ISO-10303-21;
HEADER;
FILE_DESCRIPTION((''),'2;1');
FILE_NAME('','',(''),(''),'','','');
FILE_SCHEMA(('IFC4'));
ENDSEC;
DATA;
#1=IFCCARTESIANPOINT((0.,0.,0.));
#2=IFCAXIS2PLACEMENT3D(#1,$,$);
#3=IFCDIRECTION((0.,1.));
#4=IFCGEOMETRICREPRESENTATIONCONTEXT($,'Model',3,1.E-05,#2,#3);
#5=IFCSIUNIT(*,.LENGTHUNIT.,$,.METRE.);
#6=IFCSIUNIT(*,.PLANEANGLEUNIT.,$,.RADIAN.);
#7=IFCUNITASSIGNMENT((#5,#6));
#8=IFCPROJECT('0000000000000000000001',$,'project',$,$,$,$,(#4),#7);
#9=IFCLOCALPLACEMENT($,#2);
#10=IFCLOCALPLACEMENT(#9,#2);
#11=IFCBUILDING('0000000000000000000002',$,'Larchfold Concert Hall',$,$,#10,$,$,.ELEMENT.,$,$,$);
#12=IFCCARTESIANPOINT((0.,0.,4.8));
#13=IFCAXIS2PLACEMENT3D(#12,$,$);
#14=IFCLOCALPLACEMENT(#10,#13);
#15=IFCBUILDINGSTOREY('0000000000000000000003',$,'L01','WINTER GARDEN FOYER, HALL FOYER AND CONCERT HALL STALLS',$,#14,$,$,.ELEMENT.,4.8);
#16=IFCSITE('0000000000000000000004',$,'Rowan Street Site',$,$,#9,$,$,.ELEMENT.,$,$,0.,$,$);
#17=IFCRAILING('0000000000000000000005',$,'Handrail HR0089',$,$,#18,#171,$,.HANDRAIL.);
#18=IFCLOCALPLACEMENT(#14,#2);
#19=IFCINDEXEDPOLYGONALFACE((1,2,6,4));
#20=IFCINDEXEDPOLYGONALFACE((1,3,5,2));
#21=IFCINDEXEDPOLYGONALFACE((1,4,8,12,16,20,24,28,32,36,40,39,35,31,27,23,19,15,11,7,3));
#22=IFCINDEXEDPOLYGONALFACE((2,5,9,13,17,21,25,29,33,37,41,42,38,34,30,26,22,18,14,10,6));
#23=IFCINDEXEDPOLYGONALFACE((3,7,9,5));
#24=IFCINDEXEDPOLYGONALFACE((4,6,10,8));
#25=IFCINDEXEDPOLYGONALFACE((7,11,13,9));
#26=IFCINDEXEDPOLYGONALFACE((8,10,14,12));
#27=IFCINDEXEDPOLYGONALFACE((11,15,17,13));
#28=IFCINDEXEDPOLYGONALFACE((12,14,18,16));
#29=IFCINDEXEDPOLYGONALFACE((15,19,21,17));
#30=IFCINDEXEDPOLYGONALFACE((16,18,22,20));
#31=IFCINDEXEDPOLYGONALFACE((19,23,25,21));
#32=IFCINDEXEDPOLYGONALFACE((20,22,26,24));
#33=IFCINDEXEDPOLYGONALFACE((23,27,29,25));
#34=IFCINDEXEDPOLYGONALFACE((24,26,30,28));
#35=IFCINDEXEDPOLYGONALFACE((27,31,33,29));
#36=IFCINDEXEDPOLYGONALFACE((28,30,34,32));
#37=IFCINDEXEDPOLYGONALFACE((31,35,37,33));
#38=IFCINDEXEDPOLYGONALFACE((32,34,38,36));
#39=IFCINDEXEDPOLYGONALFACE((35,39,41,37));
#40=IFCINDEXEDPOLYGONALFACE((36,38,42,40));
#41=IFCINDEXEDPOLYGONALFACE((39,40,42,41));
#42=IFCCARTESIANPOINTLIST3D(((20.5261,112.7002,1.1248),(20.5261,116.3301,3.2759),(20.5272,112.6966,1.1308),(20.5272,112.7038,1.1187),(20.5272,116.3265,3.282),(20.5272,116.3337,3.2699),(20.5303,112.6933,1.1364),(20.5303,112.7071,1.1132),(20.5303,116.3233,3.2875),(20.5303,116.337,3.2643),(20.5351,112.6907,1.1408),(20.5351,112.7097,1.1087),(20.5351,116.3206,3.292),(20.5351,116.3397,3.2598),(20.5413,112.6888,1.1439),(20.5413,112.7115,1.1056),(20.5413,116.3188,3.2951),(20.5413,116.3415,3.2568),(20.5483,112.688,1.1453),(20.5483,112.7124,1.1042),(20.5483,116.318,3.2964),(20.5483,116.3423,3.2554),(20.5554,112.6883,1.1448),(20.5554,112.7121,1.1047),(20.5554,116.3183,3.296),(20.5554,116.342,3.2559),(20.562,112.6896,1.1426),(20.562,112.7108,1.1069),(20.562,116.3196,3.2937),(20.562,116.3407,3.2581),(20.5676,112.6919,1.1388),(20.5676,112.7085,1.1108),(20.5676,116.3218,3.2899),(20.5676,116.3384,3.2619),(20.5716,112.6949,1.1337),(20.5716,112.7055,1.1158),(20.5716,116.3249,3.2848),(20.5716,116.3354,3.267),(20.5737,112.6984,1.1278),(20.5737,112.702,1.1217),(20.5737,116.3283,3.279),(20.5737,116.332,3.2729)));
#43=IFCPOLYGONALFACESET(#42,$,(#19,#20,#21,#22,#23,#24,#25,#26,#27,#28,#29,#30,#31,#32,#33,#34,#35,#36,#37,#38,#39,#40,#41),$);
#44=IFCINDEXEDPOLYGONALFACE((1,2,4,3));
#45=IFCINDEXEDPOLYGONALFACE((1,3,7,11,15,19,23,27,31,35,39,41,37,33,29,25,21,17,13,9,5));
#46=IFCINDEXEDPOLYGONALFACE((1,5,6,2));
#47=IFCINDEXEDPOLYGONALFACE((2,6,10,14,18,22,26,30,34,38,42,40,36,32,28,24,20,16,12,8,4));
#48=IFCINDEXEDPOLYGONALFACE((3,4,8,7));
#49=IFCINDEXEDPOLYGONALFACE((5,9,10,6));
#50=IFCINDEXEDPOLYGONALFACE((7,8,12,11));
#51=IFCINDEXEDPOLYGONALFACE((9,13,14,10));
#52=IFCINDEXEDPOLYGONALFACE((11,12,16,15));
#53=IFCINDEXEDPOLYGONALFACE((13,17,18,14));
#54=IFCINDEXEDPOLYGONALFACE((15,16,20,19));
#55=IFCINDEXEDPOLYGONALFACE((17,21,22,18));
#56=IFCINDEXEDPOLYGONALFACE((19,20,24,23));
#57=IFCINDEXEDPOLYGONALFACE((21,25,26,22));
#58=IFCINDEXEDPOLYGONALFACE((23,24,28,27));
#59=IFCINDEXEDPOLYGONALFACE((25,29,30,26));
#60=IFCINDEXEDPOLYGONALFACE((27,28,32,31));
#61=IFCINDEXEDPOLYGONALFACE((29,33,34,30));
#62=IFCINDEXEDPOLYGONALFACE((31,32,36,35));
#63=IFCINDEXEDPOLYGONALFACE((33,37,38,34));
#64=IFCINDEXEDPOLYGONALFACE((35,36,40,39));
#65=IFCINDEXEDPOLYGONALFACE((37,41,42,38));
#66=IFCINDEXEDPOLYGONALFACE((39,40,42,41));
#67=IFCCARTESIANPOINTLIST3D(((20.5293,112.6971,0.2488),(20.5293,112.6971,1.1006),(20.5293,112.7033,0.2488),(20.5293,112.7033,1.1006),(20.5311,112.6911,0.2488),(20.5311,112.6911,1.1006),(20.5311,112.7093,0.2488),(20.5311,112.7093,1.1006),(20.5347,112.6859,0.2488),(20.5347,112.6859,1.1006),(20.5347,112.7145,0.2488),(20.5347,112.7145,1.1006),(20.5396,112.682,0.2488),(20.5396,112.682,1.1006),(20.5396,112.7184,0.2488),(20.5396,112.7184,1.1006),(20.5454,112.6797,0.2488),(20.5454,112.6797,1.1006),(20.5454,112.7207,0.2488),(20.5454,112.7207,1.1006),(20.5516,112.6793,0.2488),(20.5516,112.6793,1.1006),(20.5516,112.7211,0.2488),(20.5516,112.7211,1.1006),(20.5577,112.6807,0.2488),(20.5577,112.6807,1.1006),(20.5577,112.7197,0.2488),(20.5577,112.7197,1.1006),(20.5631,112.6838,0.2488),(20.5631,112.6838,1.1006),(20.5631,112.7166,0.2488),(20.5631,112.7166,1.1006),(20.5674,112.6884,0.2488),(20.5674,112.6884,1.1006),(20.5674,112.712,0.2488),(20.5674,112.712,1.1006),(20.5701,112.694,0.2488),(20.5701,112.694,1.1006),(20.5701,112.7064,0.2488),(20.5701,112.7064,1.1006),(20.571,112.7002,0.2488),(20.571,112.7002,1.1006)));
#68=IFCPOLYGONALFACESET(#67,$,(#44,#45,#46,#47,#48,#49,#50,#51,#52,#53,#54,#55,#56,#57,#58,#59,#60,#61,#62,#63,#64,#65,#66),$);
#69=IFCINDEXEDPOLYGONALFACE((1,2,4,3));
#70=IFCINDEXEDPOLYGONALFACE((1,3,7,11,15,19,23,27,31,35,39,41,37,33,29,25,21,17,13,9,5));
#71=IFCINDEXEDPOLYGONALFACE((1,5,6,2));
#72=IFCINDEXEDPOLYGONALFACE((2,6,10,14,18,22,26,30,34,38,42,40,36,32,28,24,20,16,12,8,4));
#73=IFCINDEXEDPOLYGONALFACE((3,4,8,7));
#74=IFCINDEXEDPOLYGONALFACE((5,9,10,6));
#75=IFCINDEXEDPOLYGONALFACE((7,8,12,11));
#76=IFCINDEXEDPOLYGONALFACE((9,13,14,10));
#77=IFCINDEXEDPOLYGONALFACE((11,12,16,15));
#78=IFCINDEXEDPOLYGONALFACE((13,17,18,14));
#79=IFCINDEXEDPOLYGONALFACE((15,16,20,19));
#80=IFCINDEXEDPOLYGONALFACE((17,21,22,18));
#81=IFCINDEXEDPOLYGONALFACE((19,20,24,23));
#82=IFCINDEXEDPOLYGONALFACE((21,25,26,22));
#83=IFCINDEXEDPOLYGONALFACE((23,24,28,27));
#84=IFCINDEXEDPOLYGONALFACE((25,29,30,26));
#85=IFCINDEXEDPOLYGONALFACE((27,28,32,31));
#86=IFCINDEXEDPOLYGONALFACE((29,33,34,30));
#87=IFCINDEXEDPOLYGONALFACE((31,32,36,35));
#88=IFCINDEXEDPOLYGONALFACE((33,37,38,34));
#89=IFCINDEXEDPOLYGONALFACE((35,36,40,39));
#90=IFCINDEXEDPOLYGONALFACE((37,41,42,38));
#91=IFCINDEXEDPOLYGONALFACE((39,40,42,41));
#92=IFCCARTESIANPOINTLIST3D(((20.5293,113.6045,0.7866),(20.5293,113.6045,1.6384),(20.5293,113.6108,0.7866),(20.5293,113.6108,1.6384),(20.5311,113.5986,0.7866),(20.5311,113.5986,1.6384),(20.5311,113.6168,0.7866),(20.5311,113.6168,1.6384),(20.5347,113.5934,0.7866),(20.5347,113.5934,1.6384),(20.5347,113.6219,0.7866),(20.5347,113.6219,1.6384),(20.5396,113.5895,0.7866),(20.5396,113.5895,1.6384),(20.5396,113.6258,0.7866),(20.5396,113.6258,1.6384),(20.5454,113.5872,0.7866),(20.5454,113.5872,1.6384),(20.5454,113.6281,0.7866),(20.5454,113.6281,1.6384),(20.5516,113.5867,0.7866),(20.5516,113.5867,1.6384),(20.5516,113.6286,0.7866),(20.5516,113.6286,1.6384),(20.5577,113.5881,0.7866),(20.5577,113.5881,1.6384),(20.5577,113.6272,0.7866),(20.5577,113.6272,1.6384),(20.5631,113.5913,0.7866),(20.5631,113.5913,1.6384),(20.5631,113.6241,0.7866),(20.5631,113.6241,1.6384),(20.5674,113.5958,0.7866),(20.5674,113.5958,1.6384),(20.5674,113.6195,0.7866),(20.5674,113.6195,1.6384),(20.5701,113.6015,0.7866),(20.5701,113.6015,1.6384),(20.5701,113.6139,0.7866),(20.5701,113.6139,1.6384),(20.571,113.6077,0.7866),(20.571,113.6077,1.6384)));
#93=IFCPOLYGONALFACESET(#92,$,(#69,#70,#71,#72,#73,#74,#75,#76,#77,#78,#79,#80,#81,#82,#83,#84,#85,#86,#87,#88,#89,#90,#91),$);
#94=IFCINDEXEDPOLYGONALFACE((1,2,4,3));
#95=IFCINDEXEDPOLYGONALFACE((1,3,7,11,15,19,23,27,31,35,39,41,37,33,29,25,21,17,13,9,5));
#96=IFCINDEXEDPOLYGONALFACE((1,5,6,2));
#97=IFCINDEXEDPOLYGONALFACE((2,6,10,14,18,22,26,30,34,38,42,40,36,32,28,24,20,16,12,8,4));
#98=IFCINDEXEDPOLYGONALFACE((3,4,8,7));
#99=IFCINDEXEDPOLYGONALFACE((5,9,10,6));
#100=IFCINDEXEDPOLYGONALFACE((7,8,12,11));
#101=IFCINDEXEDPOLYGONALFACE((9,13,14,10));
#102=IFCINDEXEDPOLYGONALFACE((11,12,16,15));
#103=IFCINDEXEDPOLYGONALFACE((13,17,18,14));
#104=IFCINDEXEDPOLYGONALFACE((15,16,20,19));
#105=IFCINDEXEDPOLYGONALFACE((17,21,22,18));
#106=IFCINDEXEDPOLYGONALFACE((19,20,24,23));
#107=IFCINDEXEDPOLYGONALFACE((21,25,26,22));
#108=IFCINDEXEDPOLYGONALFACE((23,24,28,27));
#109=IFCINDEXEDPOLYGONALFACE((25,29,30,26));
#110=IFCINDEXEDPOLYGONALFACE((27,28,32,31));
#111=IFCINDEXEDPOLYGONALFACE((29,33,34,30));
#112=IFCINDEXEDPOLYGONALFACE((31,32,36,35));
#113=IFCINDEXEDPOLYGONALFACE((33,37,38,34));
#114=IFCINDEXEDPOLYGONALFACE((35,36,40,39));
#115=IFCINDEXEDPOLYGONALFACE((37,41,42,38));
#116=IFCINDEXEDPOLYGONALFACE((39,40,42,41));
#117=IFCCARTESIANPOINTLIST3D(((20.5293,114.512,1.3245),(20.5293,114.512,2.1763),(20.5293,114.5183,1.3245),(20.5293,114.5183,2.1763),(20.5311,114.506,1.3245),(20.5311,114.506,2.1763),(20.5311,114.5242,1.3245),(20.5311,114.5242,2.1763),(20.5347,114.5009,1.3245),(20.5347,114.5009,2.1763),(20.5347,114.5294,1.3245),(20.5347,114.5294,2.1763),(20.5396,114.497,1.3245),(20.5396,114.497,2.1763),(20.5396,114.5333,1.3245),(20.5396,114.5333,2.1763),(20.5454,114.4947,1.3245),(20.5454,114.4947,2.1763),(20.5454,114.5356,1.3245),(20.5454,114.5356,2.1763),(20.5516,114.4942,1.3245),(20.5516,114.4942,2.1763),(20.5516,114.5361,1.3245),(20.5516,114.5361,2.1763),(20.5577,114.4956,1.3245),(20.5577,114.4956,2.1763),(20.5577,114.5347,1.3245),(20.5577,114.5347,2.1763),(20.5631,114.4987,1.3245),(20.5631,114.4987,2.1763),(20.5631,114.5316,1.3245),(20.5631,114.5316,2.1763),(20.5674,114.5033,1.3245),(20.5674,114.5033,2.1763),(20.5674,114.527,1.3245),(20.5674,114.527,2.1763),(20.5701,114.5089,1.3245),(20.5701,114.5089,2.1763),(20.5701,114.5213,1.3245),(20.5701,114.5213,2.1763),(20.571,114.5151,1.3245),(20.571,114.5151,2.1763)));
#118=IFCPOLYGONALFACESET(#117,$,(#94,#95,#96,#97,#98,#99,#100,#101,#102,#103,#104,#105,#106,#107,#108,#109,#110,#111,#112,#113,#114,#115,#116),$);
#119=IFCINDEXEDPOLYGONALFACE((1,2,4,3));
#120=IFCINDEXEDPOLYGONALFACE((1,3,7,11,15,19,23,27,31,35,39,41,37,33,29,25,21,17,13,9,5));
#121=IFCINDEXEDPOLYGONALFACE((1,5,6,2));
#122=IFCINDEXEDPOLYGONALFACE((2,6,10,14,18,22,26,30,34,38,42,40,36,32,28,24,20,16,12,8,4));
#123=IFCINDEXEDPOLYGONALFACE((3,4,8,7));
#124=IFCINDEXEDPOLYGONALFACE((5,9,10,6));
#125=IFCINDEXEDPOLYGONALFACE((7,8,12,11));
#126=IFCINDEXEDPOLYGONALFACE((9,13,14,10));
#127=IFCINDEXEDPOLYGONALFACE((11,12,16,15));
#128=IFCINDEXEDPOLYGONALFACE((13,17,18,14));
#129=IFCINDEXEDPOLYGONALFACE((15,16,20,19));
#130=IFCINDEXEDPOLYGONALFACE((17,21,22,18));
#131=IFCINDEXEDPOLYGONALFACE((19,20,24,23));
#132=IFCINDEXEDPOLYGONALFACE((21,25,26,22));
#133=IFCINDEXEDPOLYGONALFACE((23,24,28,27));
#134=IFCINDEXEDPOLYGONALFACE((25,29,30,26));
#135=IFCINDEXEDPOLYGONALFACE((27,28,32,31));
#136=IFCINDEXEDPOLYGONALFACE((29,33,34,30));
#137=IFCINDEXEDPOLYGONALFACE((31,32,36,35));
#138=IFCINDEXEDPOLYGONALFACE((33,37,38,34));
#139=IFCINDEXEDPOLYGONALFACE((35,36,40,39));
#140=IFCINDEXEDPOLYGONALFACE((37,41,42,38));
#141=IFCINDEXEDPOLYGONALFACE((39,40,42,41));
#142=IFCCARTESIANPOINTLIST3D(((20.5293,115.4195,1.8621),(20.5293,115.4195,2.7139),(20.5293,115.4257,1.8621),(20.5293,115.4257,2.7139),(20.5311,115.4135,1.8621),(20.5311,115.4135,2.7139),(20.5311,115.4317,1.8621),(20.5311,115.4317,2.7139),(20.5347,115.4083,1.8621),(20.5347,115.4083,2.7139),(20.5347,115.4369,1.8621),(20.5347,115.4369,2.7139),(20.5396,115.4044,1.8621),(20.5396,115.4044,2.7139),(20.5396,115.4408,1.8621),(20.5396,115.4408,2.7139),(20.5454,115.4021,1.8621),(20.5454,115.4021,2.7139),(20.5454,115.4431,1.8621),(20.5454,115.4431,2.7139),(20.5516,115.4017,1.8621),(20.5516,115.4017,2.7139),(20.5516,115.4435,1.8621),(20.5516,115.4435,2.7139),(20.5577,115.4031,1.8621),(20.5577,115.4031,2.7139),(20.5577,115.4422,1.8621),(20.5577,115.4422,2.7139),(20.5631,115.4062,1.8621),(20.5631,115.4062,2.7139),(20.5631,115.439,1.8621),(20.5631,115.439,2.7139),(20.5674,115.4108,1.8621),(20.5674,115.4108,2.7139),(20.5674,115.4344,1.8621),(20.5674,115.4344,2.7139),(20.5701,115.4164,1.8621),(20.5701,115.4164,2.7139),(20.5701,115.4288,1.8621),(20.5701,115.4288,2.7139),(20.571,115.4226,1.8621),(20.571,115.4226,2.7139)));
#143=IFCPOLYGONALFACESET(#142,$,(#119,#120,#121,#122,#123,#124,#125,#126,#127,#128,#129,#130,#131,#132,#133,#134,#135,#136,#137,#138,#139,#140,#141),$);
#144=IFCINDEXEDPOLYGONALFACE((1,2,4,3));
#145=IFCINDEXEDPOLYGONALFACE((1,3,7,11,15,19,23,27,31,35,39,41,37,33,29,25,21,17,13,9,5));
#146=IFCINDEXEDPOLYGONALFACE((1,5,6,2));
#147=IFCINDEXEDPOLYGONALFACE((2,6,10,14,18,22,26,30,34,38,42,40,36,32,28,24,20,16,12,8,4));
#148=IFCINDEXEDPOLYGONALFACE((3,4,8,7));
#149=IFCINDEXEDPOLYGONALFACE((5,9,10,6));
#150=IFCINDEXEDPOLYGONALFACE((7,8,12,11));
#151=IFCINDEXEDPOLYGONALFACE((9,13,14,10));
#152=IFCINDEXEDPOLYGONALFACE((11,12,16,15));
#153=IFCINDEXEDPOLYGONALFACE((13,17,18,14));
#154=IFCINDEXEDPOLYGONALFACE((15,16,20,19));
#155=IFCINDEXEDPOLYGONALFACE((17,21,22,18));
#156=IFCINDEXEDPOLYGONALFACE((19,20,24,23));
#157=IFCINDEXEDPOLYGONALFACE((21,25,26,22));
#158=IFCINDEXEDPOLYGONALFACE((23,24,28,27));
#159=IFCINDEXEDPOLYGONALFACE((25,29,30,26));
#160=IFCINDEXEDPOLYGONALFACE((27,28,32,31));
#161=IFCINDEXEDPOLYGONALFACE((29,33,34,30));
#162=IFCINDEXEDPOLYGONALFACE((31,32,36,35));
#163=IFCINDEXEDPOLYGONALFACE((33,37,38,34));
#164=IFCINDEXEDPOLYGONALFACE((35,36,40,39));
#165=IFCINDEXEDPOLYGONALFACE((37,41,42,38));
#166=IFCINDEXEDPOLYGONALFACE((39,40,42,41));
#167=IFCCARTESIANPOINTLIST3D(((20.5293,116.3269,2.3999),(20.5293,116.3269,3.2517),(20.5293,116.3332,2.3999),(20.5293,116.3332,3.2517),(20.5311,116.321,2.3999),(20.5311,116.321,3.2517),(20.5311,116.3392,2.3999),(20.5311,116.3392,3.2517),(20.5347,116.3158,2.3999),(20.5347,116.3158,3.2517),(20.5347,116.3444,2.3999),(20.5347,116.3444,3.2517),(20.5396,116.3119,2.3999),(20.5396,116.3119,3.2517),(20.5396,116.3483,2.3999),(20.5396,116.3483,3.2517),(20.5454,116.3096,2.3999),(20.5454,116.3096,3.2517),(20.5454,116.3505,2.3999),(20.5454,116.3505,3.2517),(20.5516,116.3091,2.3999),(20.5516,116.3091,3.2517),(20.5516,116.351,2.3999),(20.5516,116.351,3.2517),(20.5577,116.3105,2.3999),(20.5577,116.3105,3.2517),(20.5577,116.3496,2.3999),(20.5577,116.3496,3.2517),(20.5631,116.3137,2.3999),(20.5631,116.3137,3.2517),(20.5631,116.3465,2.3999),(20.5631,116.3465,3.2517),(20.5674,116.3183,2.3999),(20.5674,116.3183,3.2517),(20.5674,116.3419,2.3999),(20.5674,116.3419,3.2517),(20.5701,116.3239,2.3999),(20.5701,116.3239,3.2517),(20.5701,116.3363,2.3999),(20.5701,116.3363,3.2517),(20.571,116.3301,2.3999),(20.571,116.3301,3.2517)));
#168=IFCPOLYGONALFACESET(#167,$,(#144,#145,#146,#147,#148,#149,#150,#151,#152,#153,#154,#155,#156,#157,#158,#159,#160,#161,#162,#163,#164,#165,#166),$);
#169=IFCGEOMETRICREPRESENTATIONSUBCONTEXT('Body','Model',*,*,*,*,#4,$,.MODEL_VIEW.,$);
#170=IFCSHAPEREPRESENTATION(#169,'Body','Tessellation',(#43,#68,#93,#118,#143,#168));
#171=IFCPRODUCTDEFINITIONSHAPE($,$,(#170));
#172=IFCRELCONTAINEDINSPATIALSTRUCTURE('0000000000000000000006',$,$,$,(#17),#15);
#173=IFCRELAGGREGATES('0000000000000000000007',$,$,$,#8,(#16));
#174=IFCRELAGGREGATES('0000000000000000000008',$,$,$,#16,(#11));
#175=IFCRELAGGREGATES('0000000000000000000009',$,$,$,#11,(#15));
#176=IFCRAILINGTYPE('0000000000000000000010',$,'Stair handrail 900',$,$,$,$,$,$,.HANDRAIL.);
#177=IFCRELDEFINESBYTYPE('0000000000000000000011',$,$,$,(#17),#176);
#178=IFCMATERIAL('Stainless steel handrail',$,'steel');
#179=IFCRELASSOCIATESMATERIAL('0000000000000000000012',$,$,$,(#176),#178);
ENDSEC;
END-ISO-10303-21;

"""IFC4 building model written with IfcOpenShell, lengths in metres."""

from ifc_helpers import new_model, si_unit, direction, frame, origin, origin_2d, place, context, subcontext, project, spatial, circle, extrude, material, type_object, element, save


model = new_model("IFC4")

# Units and contexts
model_context = context("Model", 3, precision=1e-05, world=origin(), true_north=direction((0.0, 1.0)))
body_context = subcontext(model_context, "Body", "Model", "MODEL_VIEW")
ifc_project = project(units=[si_unit("LENGTHUNIT", "METRE"), si_unit("PLANEANGLEUNIT", "RADIAN")], contexts=[model_context])

# Site, building, storey
site_placement = place(None, origin())
site = spatial("IfcSite", under=ifc_project, at=site_placement, Name="Rowan Street Site", CompositionType="ELEMENT", RefElevation=0.0)
building_placement = place(site_placement, origin())
building = spatial("IfcBuilding", under=site, at=building_placement, Name="Larchfold Concert Hall", CompositionType="ELEMENT")
storey_placement = place(building_placement, frame((0.0, 0.0, 4.8)))
storey = spatial("IfcBuildingStorey", under=building, at=storey_placement, Name="L01", Description="WINTER GARDEN FOYER, HALL FOYER AND CONCERT HALL STALLS", CompositionType="ELEMENT", Elevation=4.8)

# Railing
ifc_material_1 = material(Name="Stainless steel handrail", Category="steel")
railing_type_1 = type_object("IfcRailingType", Name="Stair handrail 900", PredefinedType="HANDRAIL", material=ifc_material_1)
railing_1_placement = place(storey_placement, frame((20.55, 112.7002, 0.2488)))
element("IfcRailing", 1, at=railing_1_placement, inside=storey, type_object=railing_type_1, Name="Handrail HR0089", PredefinedType="HANDRAIL", context=body_context, shape_type="SweptSolid", body=[
    extrude(circle(Radius=0.0239, at=origin_2d()), frame((0.0, 0.0, 0.876), z_axis=(0.0, 0.860283, 0.509817), x_axis=(-1.0, 0.0, 0.0)), (0.0, 0.0, 1.0), 4.2195),
    extrude(circle(Radius=0.021, at=origin_2d()), origin(), (0.0, 0.0, 1.0), 0.8518),
    extrude(circle(Radius=0.021, at=origin_2d()), frame((0.0, 0.9075, 0.5378)), (0.0, 0.0, 1.0), 0.8518),
    extrude(circle(Radius=0.021, at=origin_2d()), frame((0.0, 1.8149, 1.0757)), (0.0, 0.0, 1.0), 0.8518),
    extrude(circle(Radius=0.021, at=origin_2d()), frame((0.0, 2.7224, 1.6133)), (0.0, 0.0, 1.0), 0.8518),
    extrude(circle(Radius=0.021, at=origin_2d()), frame((0.0, 3.6299, 2.1511)), (0.0, 0.0, 1.0), 0.8518),
])

save(model, "model.ifc")
